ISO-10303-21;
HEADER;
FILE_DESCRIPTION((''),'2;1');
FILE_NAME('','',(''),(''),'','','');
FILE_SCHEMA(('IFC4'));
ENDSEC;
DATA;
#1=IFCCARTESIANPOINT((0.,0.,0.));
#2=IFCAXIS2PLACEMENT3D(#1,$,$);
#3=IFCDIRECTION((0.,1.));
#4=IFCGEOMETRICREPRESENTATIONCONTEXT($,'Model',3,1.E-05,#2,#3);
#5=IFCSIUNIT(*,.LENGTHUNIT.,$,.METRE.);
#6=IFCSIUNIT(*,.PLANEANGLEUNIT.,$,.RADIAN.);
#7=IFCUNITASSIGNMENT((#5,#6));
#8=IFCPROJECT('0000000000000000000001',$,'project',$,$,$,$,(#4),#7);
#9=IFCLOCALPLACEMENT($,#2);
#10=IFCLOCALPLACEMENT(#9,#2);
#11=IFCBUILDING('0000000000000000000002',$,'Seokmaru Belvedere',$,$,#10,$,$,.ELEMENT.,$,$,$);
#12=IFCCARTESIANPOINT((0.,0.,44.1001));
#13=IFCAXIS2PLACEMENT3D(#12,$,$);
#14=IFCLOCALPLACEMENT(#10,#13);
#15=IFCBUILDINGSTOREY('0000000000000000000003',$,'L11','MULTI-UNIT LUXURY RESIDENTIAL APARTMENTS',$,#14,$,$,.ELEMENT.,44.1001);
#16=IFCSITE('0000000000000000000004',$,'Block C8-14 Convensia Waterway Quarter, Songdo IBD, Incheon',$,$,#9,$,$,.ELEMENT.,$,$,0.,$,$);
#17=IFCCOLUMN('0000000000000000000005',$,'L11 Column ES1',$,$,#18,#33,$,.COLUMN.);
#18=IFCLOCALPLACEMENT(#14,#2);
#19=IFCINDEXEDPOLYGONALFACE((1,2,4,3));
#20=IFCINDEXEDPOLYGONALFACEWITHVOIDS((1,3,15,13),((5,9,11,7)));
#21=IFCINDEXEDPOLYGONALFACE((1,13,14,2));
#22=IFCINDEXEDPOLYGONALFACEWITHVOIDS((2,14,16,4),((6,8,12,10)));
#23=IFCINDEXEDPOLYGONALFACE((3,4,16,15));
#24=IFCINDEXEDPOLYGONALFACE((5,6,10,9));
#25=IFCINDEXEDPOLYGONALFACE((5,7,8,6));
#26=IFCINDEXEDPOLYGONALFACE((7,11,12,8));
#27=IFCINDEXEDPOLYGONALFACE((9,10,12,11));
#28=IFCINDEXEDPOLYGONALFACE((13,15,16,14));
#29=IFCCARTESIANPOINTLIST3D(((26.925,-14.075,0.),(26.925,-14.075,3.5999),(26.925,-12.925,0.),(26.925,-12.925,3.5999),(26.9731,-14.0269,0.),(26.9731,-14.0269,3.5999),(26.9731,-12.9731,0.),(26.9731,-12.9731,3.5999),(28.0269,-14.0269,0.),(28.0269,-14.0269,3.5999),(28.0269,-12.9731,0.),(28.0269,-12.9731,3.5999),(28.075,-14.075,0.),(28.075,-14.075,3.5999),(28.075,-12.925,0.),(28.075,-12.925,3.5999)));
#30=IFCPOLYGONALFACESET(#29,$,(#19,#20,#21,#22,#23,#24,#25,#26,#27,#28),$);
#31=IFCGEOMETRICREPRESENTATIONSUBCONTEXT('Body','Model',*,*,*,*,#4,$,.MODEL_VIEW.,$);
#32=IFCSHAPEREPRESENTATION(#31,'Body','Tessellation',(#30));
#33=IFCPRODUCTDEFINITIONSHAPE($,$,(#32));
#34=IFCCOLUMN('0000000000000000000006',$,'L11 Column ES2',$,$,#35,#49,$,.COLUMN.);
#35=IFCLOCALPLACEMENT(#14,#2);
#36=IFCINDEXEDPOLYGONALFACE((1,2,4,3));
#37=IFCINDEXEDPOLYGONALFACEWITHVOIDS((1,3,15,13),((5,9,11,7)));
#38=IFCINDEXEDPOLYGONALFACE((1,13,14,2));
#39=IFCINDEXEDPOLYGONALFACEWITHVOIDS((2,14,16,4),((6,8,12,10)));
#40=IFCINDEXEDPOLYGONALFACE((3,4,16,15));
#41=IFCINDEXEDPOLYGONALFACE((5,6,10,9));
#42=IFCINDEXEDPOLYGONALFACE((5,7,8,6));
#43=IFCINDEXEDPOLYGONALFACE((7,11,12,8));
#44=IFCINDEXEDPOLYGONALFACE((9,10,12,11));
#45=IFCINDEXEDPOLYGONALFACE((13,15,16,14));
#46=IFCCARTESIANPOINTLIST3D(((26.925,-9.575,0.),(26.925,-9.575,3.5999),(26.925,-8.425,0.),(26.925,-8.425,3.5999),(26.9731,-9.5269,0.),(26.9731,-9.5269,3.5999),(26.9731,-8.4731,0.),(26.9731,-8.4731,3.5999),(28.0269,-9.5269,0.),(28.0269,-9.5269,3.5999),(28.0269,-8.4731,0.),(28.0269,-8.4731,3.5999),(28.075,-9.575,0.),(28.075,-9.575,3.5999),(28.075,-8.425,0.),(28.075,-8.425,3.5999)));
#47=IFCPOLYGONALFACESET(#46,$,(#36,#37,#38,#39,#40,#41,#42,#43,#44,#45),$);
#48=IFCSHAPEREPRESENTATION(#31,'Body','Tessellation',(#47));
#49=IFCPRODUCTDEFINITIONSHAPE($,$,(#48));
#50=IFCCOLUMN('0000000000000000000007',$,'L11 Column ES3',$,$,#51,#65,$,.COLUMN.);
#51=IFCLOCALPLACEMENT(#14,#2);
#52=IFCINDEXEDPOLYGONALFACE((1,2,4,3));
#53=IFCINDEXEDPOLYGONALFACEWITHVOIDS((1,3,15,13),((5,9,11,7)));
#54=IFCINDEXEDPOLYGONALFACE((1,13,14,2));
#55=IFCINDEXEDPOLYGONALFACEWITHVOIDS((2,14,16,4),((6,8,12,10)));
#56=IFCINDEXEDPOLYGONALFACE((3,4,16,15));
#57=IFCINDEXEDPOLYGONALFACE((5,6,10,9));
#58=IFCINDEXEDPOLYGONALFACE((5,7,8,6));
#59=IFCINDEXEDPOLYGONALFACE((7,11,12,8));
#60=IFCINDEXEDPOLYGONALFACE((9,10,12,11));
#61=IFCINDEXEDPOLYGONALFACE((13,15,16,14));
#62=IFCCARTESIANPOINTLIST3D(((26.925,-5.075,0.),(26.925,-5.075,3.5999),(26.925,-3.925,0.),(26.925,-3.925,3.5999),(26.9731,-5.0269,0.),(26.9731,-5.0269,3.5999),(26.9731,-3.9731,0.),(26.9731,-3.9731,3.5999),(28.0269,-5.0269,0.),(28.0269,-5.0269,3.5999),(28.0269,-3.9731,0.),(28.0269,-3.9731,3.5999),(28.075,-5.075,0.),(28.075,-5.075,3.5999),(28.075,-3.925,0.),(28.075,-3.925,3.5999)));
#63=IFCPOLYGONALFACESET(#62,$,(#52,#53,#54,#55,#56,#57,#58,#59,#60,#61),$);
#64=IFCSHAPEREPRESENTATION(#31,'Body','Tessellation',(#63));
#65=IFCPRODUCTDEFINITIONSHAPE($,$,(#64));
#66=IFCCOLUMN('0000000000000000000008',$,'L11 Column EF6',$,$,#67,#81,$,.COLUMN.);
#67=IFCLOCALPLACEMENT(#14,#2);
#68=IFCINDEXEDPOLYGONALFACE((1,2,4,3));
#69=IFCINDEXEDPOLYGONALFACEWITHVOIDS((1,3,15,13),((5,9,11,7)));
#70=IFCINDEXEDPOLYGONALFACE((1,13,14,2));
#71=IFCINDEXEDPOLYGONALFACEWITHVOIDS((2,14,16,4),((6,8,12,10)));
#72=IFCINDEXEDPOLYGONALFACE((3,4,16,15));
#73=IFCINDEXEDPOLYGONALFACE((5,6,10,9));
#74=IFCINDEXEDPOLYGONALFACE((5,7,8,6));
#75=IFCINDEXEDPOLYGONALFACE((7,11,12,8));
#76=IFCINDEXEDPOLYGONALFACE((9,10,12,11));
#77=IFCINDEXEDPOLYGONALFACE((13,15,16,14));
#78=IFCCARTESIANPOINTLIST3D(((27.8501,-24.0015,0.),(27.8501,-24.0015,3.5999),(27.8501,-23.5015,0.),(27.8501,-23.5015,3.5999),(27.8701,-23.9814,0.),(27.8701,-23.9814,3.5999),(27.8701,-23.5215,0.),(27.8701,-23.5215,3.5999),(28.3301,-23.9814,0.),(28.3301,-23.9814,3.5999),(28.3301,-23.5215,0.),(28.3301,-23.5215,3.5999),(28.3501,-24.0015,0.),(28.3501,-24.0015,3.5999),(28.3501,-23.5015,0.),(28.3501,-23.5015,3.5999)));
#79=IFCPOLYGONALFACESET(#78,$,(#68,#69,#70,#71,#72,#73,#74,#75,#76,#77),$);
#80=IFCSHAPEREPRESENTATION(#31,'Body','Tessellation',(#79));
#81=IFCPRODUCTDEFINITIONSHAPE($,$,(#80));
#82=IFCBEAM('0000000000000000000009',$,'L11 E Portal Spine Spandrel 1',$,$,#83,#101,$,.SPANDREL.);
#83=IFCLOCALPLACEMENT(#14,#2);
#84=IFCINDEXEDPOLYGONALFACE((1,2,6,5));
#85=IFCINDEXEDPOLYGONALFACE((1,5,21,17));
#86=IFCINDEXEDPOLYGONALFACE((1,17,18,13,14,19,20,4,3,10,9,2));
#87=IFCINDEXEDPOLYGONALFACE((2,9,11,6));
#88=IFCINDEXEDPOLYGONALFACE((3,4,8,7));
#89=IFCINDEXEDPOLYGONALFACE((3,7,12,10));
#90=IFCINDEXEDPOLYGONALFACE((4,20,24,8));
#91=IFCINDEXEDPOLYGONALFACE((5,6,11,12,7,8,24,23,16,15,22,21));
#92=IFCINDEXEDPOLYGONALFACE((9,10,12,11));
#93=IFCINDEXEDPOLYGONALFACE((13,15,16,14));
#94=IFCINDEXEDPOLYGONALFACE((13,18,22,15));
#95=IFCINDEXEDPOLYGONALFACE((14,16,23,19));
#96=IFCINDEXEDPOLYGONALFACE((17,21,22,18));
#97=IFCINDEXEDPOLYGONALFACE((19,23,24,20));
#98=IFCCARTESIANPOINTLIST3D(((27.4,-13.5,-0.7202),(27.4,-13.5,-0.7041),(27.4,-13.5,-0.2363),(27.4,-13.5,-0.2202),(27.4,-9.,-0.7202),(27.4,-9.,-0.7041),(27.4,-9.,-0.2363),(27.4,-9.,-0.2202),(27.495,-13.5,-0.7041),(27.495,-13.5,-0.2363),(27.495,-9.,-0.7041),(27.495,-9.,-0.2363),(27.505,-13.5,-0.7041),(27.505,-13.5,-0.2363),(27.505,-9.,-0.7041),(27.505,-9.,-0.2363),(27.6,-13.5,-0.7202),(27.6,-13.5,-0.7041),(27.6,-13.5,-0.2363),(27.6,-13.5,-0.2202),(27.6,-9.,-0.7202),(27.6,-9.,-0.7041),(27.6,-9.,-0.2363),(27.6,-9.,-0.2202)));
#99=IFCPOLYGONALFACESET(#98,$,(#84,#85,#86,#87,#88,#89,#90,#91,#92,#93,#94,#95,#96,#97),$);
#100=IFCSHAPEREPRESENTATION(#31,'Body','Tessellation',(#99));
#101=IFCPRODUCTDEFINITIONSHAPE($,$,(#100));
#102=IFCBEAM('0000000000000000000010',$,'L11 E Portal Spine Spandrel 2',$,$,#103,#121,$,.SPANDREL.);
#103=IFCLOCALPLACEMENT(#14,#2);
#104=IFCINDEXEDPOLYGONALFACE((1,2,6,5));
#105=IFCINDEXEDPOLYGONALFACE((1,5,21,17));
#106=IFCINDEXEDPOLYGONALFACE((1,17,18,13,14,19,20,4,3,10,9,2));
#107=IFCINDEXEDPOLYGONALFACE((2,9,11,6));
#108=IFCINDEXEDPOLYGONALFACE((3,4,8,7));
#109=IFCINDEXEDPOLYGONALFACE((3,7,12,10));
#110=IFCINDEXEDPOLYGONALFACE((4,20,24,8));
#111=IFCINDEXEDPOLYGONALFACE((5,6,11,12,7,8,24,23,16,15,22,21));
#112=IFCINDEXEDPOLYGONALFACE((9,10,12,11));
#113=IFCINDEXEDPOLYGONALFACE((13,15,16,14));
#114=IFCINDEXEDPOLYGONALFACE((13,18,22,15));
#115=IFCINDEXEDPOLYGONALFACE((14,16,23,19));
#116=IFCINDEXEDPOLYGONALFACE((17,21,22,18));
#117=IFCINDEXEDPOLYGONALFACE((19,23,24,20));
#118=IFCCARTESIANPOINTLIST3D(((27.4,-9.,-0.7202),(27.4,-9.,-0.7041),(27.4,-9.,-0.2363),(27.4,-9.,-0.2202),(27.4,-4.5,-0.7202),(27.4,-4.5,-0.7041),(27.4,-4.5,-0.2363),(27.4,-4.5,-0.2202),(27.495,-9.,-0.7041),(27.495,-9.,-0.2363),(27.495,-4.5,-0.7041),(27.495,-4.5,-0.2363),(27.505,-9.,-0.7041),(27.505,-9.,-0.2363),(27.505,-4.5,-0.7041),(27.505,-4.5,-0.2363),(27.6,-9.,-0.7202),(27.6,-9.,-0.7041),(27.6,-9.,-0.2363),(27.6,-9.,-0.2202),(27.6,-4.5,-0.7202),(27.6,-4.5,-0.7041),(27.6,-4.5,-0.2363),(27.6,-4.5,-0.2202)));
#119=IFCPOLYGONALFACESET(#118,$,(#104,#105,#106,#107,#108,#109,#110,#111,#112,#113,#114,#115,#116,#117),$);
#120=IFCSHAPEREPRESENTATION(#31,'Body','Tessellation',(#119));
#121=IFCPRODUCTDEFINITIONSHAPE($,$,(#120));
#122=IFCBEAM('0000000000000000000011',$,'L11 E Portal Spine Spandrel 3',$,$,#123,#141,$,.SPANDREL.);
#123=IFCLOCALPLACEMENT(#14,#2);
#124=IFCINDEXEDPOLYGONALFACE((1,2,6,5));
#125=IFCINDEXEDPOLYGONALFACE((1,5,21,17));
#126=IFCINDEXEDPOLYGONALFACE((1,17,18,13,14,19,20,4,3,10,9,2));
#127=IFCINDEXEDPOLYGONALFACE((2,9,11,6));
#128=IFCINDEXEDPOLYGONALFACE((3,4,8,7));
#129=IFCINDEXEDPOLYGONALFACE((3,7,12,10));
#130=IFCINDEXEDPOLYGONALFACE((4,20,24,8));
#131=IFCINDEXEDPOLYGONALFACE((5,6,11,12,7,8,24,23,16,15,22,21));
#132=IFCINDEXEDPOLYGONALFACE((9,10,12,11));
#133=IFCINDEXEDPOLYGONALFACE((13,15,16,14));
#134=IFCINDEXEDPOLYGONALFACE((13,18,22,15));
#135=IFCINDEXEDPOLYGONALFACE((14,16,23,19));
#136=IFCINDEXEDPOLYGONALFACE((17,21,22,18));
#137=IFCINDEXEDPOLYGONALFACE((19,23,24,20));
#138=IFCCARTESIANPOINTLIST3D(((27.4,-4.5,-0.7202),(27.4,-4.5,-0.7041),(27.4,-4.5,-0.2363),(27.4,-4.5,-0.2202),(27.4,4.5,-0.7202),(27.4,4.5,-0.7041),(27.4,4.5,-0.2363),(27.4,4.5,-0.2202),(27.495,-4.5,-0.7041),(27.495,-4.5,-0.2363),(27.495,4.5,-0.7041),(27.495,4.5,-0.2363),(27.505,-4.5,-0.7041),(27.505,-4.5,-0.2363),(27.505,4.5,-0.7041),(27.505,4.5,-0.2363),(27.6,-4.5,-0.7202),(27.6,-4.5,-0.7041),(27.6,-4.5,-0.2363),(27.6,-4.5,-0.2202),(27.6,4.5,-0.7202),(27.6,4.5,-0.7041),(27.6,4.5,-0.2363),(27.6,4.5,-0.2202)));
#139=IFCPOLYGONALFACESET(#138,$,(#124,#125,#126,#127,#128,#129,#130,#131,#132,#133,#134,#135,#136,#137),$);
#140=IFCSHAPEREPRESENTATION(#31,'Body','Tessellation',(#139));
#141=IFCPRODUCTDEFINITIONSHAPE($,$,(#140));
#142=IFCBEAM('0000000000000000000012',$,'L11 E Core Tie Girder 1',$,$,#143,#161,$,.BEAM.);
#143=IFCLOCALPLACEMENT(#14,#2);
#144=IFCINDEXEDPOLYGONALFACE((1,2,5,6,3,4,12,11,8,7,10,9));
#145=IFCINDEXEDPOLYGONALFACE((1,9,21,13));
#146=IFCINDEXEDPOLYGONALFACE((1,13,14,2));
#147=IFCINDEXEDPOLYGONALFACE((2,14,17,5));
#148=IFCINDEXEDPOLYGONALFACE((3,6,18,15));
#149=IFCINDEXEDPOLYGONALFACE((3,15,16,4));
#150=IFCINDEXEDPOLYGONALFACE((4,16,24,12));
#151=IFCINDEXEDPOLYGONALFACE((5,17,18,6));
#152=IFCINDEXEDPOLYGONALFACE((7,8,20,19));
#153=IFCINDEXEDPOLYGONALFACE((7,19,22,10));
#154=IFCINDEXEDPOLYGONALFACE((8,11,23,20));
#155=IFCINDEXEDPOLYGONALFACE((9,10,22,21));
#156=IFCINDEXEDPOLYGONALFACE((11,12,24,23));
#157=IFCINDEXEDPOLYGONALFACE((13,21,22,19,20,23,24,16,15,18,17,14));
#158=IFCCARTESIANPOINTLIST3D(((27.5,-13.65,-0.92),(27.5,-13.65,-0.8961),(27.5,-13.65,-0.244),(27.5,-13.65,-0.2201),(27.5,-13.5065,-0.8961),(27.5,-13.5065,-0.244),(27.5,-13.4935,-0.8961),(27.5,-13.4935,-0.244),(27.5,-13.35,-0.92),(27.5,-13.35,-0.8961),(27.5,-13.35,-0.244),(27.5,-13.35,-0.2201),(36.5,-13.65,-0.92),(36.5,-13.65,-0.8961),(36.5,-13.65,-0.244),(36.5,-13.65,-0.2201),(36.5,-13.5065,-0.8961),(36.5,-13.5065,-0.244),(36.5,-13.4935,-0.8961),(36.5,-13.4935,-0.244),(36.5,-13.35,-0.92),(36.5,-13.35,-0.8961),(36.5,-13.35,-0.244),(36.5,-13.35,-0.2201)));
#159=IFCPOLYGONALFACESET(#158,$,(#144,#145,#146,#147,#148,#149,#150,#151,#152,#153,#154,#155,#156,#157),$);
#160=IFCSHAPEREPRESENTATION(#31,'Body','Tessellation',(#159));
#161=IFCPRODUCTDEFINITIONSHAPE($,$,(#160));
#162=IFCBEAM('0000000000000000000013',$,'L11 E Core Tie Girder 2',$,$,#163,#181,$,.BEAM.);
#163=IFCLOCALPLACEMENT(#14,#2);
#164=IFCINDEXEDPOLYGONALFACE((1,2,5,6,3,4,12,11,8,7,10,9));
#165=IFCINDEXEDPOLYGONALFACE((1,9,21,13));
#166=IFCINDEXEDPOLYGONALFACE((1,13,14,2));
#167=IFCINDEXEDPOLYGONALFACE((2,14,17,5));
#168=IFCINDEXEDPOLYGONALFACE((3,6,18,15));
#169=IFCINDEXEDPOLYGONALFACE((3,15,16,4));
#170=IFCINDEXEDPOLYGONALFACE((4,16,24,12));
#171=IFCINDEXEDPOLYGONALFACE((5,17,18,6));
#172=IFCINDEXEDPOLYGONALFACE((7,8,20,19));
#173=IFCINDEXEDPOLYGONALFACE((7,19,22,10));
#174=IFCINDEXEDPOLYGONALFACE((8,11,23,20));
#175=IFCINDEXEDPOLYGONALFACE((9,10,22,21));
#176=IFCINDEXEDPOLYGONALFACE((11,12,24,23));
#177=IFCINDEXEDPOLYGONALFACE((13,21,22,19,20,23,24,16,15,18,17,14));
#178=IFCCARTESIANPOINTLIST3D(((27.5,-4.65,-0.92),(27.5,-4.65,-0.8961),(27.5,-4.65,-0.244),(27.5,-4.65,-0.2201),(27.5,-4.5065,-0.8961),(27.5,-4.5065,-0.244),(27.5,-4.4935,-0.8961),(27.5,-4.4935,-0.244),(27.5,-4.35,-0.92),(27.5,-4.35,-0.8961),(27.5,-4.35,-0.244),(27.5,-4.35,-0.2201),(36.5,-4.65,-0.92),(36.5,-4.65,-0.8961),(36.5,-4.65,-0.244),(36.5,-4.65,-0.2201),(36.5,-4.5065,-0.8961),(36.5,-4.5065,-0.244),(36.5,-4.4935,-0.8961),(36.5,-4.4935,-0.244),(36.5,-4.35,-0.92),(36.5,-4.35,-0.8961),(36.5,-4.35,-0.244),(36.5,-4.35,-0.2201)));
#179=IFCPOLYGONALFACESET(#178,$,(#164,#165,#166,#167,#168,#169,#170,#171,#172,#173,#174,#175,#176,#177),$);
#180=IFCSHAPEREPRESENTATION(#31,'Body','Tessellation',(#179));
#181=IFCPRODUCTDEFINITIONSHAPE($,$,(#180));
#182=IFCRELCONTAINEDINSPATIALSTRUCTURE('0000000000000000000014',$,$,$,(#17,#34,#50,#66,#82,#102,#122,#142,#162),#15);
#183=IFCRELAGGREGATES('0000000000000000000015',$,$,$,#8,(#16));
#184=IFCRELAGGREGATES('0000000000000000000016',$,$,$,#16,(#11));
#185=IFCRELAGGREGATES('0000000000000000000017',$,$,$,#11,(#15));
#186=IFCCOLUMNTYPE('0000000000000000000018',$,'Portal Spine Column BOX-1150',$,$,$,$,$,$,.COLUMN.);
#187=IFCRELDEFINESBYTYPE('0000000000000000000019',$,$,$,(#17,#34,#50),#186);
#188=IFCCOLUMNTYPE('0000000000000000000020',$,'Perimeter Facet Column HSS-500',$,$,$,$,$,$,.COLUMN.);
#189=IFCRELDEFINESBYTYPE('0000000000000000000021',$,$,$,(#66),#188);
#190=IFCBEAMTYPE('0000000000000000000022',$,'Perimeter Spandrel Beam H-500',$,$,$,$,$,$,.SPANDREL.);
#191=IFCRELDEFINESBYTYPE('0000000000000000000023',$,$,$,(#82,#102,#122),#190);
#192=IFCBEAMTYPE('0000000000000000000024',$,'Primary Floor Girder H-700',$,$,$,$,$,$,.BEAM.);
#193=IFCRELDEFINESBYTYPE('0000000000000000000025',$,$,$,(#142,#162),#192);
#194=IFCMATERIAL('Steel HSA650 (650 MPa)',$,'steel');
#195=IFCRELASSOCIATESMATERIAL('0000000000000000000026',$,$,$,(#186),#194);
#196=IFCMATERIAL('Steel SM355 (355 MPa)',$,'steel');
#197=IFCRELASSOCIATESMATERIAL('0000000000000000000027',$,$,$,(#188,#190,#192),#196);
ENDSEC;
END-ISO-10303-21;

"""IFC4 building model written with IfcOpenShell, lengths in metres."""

from ifc_helpers import new_model, si_unit, direction, frame, origin, origin_2d, place, context, subcontext, project, spatial, hollow_rectangle, i_section, extrude, source, transform, mapped, material, material_profile, profile_set, type_object, type_shapes, element, save


model = new_model("IFC4")

# Units and contexts
model_context = context("Model", 3, precision=1e-05, world=origin(), true_north=direction((0.0, 1.0)))
body_context = subcontext(model_context, "Body", "Model", "MODEL_VIEW")
ifc_project = project(units=[si_unit("LENGTHUNIT", "METRE"), si_unit("PLANEANGLEUNIT", "RADIAN")], contexts=[model_context])

# Site, building, storey
site_placement = place(None, origin())
site = spatial("IfcSite", under=ifc_project, at=site_placement, Name="Block C8-14 Convensia Waterway Quarter, Songdo IBD, Incheon", CompositionType="ELEMENT", RefElevation=0.0)
building_placement = place(site_placement, origin())
building = spatial("IfcBuilding", under=site, at=building_placement, Name="Seokmaru Belvedere", CompositionType="ELEMENT")
storey_placement = place(building_placement, frame((0.0, 0.0, 44.1001)))
storey = spatial("IfcBuildingStorey", under=building, at=storey_placement, Name="L11", Description="MULTI-UNIT LUXURY RESIDENTIAL APARTMENTS", CompositionType="ELEMENT", Elevation=44.1001)

# Columns
ifc_material_1 = material(Name="Steel HSA650 (650 MPa)", Category="steel")
ifc_material_profile_1 = material_profile(ifc_material_1, hollow_rectangle(XDim=1.1499, YDim=1.1499, WallThickness=0.0481, at=origin_2d()), Name="BOX-1150x1150x48")
ifc_profile_set_1 = profile_set([ifc_material_profile_1], Name="Steel HSA650 (650 MPa)")
column_type_1 = type_object("IfcColumnType", Name="Portal Spine Column BOX-1150", PredefinedType="COLUMN", material=ifc_profile_set_1)
shared_shape_1 = source(origin(), body_context, "Body", "SweptSolid", [
    extrude(hollow_rectangle(XDim=1.1499, YDim=1.1499, WallThickness=0.0481, at=origin_2d()), origin(), (0.0, 0.0, 1.0), 3.5999),
])
type_shapes(column_type_1, [shared_shape_1])
for number, where, z_axis, x_axis, name in (
    (1, (27.5, -13.5, 0.0), (0.0, 0.0, 1.0), (1.0, 0.0, 0.0), "L11 Column ES1"),
    (2, (27.5, -9.0, 0.0), (0.0, 0.0, 1.0), (1.0, 0.0, 0.0), "L11 Column ES2"),
    (3, (27.5, -4.5, 0.0), (0.0, 0.0, 1.0), (1.0, 0.0, 0.0), "L11 Column ES3"),
):
    element("IfcColumn", number, at=place(storey_placement, frame(where, z_axis=z_axis, x_axis=x_axis)), inside=storey, type_object=column_type_1, Name=name, PredefinedType="COLUMN", context=body_context, shape_type="MappedRepresentation", body=[
        mapped(shared_shape_1, transform((0.0, 0.0, 0.0), scale=1.0)),
    ])
ifc_material_2 = material(Name="Steel SM355 (355 MPa)", Category="steel")
ifc_material_profile_2 = material_profile(ifc_material_2, hollow_rectangle(XDim=0.5, YDim=0.5, WallThickness=0.02, at=origin_2d()), Name="HSS-500x500x20")
ifc_profile_set_2 = profile_set([ifc_material_profile_2], Name="Steel SM355 (355 MPa)")
column_type_2 = type_object("IfcColumnType", Name="Perimeter Facet Column HSS-500", PredefinedType="COLUMN", material=ifc_profile_set_2)
shared_shape_2 = source(origin(), body_context, "Body", "SweptSolid", [
    extrude(hollow_rectangle(XDim=0.5, YDim=0.5, WallThickness=0.02, at=origin_2d()), origin(), (0.0, 0.0, 1.0), 3.5999),
])
type_shapes(column_type_2, [shared_shape_2])
column_placement = place(storey_placement, frame((28.1001, -23.7515, 0.0), z_axis=(0.0, 0.0, 1.0), x_axis=(1.0, 0.0, 0.0)))
element("IfcColumn", 4, at=column_placement, inside=storey, type_object=column_type_2, Name="L11 Column EF6", PredefinedType="COLUMN", context=body_context, shape_type="MappedRepresentation", body=[
    mapped(shared_shape_2, transform((0.0, 0.0, 0.0), scale=1.0)),
])

# Beams
ifc_material_profile_3 = material_profile(ifc_material_2, i_section(OverallWidth=0.2, OverallDepth=0.5, WebThickness=0.01, FlangeThickness=0.0161, at=origin_2d()), Name="H-500x200x10x16")
ifc_profile_set_3 = profile_set([ifc_material_profile_3], Name="Steel SM355 (355 MPa)")
beam_type_1 = type_object("IfcBeamType", Name="Perimeter Spandrel Beam H-500", PredefinedType="SPANDREL", material=ifc_profile_set_3)
shared_shape_3 = source(origin(), body_context, "Body", "SweptSolid", [
    extrude(i_section(OverallWidth=0.2, OverallDepth=0.5, WebThickness=0.01, FlangeThickness=0.0161, at=origin_2d()), origin(), (0.0, 0.0, 1.0), 4.5),
])
for number, where, z_axis, x_axis, name in (
    (5, (27.5, -13.5, -0.4702), (0.0, 1.0, 0.0), (-1.0, 0.0, 0.0), "L11 E Portal Spine Spandrel 1"),
    (6, (27.5, -9.0, -0.4702), (0.0, 1.0, 0.0), (-1.0, 0.0, 0.0), "L11 E Portal Spine Spandrel 2"),
):
    element("IfcBeam", number, at=place(storey_placement, frame(where, z_axis=z_axis, x_axis=x_axis)), inside=storey, type_object=beam_type_1, Name=name, PredefinedType="SPANDREL", context=body_context, shape_type="MappedRepresentation", body=[
        mapped(shared_shape_3, transform((0.0, 0.0, 0.0), scale=1.0)),
    ])
shared_shape_4 = source(origin(), body_context, "Body", "SweptSolid", [
    extrude(i_section(OverallWidth=0.2, OverallDepth=0.5, WebThickness=0.01, FlangeThickness=0.0161, at=origin_2d()), origin(), (0.0, 0.0, 1.0), 9.0),
])
beam_1_placement = place(storey_placement, frame((27.5, -4.5, -0.4702), z_axis=(0.0, 1.0, 0.0), x_axis=(-1.0, 0.0, 0.0)))
element("IfcBeam", 7, at=beam_1_placement, inside=storey, type_object=beam_type_1, Name="L11 E Portal Spine Spandrel 3", PredefinedType="SPANDREL", context=body_context, shape_type="MappedRepresentation", body=[
    mapped(shared_shape_4, transform((0.0, 0.0, 0.0), scale=1.0)),
])
ifc_material_profile_4 = material_profile(ifc_material_2, i_section(OverallWidth=0.3, OverallDepth=0.7, WebThickness=0.0129, FlangeThickness=0.0239, at=origin_2d()), Name="H-700x300x13x24")
ifc_profile_set_4 = profile_set([ifc_material_profile_4], Name="Steel SM355 (355 MPa)")
beam_type_2 = type_object("IfcBeamType", Name="Primary Floor Girder H-700", PredefinedType="BEAM", material=ifc_profile_set_4)
shared_shape_5 = source(origin(), body_context, "Body", "SweptSolid", [
    extrude(i_section(OverallWidth=0.3, OverallDepth=0.7, WebThickness=0.0129, FlangeThickness=0.0239, at=origin_2d()), origin(), (0.0, 0.0, 1.0), 9.0),
])
type_shapes(beam_type_2, [shared_shape_5])
for number, where, z_axis, x_axis, name in (
    (8, (27.5, -13.5, -0.5701), (1.0, 0.0, 0.0), (0.0, 1.0, 0.0), "L11 E Core Tie Girder 1"),
    (9, (27.5, -4.5, -0.5701), (1.0, 0.0, 0.0), (0.0, 1.0, 0.0), "L11 E Core Tie Girder 2"),
):
    element("IfcBeam", number, at=place(storey_placement, frame(where, z_axis=z_axis, x_axis=x_axis)), inside=storey, type_object=beam_type_2, Name=name, PredefinedType="BEAM", context=body_context, shape_type="MappedRepresentation", body=[
        mapped(shared_shape_5, transform((0.0, 0.0, 0.0), scale=1.0)),
    ])

save(model, "model.ifc")
